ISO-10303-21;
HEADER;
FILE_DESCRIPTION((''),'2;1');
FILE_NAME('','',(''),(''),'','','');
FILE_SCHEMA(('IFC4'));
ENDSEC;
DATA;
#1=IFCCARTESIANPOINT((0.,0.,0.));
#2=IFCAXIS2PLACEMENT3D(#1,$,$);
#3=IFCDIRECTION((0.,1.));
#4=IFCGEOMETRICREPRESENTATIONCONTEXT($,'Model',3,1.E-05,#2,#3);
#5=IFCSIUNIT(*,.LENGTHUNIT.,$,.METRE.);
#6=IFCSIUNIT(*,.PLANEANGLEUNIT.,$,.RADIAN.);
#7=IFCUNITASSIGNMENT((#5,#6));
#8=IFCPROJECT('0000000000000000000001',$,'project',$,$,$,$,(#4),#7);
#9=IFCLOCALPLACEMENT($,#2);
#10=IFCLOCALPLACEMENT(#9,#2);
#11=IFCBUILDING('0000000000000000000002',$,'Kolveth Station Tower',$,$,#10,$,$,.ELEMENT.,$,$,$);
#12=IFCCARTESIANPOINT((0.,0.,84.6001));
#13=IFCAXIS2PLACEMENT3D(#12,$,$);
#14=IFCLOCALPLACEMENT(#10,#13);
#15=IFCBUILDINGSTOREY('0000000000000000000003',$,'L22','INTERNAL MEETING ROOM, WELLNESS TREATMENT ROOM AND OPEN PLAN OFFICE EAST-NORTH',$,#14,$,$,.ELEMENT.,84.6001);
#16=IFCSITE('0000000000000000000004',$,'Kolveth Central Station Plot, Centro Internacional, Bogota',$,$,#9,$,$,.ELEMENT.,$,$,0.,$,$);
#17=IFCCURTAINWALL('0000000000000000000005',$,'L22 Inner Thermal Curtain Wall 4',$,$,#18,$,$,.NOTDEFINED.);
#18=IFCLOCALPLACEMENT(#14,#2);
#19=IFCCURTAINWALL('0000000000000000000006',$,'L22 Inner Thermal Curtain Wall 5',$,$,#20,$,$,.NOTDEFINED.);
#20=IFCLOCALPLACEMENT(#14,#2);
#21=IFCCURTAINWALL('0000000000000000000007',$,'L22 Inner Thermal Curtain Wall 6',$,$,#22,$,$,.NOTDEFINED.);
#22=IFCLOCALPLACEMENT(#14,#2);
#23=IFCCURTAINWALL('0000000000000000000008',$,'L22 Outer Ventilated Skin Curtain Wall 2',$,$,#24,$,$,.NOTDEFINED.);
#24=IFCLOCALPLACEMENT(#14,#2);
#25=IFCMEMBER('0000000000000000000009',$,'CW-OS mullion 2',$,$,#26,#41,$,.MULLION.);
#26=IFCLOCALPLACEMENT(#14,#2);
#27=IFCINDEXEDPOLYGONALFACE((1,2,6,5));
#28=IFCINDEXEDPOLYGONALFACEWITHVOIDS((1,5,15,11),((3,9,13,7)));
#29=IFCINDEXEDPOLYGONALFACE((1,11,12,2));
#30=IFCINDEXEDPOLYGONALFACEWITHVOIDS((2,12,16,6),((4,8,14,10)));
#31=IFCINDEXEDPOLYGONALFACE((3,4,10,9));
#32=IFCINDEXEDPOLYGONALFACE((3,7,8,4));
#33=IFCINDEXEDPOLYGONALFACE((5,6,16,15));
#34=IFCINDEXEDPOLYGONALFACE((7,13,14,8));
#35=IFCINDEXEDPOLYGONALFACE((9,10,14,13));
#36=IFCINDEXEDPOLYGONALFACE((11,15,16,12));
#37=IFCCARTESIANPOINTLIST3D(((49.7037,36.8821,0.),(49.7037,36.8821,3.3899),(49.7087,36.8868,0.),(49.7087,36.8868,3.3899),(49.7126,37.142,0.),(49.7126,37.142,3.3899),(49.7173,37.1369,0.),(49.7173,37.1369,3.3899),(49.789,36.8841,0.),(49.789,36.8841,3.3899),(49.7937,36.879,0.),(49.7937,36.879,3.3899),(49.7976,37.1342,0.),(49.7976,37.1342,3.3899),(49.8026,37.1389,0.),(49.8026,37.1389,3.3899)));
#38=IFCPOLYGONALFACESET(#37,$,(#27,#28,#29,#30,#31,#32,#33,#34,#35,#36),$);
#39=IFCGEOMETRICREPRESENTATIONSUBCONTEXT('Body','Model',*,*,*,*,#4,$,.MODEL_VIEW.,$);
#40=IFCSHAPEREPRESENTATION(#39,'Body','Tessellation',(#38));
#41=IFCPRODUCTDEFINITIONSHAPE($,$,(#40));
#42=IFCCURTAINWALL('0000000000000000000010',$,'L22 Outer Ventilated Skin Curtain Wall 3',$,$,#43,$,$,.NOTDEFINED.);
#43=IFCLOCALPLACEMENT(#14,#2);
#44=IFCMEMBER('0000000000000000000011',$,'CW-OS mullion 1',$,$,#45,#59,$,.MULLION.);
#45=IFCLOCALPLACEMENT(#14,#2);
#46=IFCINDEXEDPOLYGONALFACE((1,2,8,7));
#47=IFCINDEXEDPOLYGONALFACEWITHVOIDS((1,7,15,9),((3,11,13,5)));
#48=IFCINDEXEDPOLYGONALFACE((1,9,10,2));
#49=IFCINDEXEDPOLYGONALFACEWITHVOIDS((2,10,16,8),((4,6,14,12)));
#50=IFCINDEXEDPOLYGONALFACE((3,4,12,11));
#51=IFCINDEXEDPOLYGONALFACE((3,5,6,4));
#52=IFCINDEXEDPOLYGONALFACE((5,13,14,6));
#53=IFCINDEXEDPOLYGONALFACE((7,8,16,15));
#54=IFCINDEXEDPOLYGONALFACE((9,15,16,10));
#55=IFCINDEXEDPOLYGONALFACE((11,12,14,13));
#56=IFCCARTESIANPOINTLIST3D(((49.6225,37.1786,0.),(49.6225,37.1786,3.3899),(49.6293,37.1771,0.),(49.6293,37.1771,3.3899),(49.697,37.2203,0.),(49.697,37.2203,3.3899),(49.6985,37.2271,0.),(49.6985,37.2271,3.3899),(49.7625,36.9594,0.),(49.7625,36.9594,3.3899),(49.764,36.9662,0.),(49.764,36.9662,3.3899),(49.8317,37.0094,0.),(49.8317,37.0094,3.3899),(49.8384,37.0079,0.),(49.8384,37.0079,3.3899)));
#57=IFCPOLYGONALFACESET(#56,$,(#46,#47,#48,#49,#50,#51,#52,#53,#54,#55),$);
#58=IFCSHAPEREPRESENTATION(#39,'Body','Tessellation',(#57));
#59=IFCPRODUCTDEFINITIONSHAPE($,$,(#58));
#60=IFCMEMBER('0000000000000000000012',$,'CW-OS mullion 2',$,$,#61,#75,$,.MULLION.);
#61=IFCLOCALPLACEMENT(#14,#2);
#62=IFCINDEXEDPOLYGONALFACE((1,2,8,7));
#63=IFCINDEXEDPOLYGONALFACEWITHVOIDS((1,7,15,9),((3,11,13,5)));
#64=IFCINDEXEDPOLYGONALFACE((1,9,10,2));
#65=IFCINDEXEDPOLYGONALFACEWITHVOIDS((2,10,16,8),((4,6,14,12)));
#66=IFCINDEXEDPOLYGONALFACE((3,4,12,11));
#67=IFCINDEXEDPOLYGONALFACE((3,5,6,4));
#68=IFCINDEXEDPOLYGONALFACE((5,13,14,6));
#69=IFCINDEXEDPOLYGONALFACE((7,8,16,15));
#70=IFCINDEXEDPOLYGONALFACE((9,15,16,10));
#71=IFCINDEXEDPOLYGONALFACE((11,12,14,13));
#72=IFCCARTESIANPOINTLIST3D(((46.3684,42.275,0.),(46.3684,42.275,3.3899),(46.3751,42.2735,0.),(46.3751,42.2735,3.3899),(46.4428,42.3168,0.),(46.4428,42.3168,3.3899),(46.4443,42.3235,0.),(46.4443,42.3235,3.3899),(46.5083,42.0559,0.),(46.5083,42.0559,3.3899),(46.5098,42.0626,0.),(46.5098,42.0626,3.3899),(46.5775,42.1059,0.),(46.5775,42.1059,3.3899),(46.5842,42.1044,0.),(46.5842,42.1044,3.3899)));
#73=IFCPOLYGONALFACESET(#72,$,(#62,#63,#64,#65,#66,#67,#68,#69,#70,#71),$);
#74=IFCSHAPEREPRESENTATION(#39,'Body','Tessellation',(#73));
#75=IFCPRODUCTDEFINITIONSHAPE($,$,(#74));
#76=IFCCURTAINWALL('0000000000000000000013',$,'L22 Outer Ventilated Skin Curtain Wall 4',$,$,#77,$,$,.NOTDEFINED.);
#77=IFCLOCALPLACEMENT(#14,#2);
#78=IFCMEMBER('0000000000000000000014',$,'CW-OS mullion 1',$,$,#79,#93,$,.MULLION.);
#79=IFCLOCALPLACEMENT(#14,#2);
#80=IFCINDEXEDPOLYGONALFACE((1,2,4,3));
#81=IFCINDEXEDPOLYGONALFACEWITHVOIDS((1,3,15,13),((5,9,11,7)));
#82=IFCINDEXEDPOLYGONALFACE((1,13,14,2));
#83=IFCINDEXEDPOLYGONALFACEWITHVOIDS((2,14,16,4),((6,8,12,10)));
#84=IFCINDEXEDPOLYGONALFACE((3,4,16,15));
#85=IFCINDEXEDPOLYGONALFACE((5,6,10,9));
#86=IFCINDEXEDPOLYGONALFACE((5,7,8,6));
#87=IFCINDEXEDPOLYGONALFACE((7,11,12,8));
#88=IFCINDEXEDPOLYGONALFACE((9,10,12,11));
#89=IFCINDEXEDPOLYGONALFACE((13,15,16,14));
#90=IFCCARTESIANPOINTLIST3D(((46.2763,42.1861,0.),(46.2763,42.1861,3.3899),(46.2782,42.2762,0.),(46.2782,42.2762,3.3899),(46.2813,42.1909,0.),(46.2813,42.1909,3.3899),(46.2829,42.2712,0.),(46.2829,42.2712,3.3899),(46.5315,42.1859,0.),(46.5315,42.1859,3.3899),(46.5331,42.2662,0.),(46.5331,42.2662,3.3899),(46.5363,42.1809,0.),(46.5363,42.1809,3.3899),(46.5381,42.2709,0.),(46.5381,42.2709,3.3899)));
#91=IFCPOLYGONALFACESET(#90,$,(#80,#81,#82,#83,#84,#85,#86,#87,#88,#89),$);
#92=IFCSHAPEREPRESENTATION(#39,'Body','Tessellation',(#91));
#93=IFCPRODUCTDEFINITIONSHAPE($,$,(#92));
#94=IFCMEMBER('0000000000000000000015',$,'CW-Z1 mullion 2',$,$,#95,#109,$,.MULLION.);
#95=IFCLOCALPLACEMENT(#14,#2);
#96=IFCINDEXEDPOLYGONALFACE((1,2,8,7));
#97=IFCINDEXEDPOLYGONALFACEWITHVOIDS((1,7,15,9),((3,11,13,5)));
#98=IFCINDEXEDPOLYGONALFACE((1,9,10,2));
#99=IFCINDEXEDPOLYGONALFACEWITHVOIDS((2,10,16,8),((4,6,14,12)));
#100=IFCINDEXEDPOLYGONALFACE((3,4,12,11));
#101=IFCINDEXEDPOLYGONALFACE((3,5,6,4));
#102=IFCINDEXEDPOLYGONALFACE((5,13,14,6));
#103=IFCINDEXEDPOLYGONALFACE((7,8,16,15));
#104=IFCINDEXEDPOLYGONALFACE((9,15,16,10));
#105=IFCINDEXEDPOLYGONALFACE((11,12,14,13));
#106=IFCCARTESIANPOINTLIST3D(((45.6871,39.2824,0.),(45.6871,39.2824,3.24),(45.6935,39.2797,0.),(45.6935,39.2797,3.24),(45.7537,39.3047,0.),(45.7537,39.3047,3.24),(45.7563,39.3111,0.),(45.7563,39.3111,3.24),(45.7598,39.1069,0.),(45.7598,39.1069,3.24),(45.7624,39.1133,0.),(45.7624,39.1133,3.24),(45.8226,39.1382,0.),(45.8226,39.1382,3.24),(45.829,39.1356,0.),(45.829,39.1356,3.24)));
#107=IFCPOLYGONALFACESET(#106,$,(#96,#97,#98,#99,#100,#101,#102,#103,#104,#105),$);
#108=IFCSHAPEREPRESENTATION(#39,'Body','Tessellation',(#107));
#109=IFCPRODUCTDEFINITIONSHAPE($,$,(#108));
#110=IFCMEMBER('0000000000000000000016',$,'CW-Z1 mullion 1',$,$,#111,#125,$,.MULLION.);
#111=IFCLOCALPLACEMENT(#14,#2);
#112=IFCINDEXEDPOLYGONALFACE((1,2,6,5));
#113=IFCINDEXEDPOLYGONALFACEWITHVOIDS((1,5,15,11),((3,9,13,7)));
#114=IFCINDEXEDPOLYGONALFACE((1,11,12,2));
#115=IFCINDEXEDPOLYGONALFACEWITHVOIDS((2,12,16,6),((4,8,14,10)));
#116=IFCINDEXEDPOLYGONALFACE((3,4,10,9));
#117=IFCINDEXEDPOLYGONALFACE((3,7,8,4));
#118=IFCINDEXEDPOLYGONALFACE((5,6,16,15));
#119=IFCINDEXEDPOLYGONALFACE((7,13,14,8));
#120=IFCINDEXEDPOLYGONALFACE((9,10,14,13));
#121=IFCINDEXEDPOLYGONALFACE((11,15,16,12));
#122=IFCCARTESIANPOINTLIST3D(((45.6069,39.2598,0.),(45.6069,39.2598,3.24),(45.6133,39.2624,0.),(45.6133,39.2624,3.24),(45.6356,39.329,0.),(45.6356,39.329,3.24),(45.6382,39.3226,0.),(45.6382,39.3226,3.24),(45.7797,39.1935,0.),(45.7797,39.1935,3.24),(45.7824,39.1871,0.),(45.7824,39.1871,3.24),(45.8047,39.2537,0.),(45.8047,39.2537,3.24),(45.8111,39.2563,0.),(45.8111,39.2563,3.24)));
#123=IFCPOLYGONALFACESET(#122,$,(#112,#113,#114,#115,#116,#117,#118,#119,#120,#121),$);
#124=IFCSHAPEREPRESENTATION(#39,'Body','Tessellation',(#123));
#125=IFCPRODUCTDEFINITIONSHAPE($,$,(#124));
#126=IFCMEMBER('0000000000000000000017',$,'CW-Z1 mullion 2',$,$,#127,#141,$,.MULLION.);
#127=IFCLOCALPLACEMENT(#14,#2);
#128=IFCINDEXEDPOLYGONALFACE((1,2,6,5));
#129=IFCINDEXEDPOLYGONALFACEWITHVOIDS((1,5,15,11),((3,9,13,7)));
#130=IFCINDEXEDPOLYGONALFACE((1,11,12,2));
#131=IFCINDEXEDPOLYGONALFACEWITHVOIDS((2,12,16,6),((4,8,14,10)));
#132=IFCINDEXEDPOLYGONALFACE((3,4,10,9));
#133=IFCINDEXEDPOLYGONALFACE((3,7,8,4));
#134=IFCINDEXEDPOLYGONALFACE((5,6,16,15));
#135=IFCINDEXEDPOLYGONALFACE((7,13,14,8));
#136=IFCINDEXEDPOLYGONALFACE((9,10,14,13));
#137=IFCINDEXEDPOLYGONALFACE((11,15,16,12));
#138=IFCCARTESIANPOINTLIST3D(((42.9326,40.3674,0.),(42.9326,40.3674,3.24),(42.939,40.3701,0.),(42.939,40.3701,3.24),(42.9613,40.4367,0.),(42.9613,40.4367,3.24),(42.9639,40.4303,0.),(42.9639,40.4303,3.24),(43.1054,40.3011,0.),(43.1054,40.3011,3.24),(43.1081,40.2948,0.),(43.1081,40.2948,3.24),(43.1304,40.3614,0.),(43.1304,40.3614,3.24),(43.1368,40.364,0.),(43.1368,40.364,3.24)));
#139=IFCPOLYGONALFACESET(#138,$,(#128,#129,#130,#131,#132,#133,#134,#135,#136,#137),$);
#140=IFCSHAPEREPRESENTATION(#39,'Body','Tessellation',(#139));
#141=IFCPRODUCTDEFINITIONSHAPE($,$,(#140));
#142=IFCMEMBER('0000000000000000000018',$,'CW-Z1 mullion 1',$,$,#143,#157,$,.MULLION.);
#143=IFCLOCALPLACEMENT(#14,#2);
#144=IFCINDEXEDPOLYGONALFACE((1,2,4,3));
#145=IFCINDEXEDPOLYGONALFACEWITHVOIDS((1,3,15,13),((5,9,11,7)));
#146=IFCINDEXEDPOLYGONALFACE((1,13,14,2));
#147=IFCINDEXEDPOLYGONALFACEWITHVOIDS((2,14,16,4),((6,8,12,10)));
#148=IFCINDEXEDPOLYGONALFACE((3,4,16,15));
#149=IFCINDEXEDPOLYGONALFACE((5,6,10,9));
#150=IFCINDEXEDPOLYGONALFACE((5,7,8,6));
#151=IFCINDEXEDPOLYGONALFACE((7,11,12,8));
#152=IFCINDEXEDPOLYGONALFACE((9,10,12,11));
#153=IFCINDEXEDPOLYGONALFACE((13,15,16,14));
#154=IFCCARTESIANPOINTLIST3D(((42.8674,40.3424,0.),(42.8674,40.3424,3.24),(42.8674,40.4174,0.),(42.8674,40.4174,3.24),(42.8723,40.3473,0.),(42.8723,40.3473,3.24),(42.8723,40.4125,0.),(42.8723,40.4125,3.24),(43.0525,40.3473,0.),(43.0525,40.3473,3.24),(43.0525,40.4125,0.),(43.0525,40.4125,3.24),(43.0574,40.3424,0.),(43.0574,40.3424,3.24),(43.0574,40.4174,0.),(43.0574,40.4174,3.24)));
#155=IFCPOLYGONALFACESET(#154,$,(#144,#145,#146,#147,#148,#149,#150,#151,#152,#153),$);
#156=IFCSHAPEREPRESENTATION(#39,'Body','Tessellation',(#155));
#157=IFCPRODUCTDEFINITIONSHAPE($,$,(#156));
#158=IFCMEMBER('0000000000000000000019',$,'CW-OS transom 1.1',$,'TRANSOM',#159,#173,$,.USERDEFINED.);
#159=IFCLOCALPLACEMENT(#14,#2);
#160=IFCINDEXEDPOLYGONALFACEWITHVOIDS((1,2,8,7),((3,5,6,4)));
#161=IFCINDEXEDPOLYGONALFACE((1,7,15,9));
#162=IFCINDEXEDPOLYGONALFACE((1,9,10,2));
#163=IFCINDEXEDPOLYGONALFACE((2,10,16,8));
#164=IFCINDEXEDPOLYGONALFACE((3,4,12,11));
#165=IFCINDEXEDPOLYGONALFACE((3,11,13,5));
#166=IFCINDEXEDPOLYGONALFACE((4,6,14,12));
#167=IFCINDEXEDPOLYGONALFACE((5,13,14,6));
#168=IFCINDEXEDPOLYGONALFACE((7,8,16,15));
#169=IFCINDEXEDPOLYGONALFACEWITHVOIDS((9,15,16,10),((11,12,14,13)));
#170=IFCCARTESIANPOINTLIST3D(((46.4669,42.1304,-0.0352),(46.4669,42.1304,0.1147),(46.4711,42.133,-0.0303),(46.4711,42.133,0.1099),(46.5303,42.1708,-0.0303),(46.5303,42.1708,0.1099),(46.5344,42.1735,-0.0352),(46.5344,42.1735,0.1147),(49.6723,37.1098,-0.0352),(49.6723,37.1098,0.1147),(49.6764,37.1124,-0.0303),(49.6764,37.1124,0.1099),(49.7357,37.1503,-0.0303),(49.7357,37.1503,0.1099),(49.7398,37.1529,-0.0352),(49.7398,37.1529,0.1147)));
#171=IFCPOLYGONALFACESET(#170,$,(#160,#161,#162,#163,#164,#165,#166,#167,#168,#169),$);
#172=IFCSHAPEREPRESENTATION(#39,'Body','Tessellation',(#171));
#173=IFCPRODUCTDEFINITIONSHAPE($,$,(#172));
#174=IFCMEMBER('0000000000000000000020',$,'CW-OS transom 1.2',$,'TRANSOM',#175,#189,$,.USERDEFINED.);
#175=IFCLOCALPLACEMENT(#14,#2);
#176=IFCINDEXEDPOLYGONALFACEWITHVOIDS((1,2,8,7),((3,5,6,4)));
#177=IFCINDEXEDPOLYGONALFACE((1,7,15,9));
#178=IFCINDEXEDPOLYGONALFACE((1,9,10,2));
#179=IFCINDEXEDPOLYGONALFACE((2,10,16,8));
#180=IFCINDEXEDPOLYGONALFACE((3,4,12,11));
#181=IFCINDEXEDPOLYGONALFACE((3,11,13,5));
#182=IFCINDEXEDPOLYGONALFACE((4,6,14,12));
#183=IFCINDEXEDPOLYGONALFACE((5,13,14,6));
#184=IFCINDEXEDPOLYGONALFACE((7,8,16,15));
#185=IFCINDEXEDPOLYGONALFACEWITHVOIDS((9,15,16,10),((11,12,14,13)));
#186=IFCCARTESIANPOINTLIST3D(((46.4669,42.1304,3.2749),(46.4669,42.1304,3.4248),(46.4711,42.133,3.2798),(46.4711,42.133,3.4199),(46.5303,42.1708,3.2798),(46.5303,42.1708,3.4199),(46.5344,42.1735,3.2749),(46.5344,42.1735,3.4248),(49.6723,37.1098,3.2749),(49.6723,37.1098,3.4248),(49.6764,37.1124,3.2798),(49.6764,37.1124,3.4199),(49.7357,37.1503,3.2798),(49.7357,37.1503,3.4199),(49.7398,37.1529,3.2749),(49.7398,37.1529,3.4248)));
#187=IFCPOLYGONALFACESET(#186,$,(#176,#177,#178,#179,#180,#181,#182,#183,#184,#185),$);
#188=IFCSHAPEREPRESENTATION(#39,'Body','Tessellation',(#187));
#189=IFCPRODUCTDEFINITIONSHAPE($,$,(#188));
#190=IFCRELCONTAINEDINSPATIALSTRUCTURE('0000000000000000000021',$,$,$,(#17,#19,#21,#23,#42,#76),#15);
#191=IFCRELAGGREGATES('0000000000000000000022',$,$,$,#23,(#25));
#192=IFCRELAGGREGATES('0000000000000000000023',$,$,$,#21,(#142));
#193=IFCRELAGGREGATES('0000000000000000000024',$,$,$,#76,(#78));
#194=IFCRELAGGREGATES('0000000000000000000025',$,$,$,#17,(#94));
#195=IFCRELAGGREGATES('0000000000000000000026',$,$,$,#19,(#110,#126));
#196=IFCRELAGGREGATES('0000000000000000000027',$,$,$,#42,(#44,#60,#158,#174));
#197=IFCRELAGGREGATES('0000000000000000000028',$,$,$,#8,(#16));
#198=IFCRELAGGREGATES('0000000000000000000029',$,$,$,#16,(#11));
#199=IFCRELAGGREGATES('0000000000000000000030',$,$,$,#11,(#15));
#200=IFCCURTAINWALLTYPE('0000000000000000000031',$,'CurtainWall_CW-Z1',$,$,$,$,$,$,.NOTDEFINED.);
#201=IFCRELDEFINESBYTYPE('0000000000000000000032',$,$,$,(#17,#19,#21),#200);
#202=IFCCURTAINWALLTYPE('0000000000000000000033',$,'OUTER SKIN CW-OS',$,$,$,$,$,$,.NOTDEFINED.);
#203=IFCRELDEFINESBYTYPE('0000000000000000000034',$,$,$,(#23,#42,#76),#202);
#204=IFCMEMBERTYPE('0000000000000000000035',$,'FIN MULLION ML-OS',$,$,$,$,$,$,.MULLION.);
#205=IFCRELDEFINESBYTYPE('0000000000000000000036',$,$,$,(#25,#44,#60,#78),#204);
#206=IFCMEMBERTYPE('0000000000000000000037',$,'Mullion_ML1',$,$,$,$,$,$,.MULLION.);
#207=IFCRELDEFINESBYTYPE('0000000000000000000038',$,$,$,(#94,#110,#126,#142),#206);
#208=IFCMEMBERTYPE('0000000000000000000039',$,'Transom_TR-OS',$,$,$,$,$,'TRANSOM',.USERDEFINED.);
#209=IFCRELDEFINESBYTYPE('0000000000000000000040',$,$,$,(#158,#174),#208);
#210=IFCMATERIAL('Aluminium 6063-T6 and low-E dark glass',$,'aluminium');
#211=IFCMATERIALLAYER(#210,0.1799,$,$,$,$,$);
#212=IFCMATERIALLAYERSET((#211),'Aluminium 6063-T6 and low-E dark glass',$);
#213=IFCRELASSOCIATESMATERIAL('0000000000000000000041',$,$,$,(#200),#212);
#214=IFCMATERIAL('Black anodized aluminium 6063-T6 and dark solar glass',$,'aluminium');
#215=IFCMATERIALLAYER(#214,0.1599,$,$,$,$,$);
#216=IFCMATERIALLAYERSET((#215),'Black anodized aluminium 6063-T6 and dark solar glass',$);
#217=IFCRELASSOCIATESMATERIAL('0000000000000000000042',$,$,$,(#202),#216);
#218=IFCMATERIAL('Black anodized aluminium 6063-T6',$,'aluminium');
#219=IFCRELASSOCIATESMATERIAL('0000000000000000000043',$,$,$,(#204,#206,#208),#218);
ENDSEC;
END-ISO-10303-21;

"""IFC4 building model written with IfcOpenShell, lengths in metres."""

from ifc_helpers import new_model, si_unit, direction, frame, origin, origin_2d, place, context, subcontext, project, spatial, hollow_rectangle, extrude, source, transform, mapped, material, layer, layer_set, material_profile, profile_set, type_object, element, aggregate, save


model = new_model("IFC4")

# Units and contexts
model_context = context("Model", 3, precision=1e-05, world=origin(), true_north=direction((0.0, 1.0)))
body_context = subcontext(model_context, "Body", "Model", "MODEL_VIEW")
ifc_project = project(units=[si_unit("LENGTHUNIT", "METRE"), si_unit("PLANEANGLEUNIT", "RADIAN")], contexts=[model_context])

# Site, building, storey
site_placement = place(None, origin())
site = spatial("IfcSite", under=ifc_project, at=site_placement, Name="Kolveth Central Station Plot, Centro Internacional, Bogota", CompositionType="ELEMENT", RefElevation=0.0)
building_placement = place(site_placement, origin())
building = spatial("IfcBuilding", under=site, at=building_placement, Name="Kolveth Station Tower", CompositionType="ELEMENT")
storey_placement = place(building_placement, frame((0.0, 0.0, 84.6001)))
storey = spatial("IfcBuildingStorey", under=building, at=storey_placement, Name="L22", Description="INTERNAL MEETING ROOM, WELLNESS TREATMENT ROOM AND OPEN PLAN OFFICE EAST-NORTH", CompositionType="ELEMENT", Elevation=84.6001)

# Curtain walls
ifc_material_1 = material(Name="Aluminium 6063-T6 and low-E dark glass", Category="aluminium")
ifc_layer_1 = layer(ifc_material_1, 0.1799)
ifc_layer_set_1 = layer_set([ifc_layer_1], Name="Aluminium 6063-T6 and low-E dark glass")
curtain_wall_type_1 = type_object("IfcCurtainWallType", Name="CurtainWall_CW-Z1", PredefinedType="NOTDEFINED", material=ifc_layer_set_1)
curtain_wall_1_placement = place(storey_placement, origin())
curtain_wall_1 = element("IfcCurtainWall", 1, at=curtain_wall_1_placement, inside=storey, type_object=curtain_wall_type_1, Name="L22 Inner Thermal Curtain Wall 4", PredefinedType="NOTDEFINED")
ifc_material_2 = material(Name="Black anodized aluminium 6063-T6", Category="aluminium")
curtain_wall_2_placement = place(storey_placement, origin())
curtain_wall_2 = element("IfcCurtainWall", 2, at=curtain_wall_2_placement, inside=storey, type_object=curtain_wall_type_1, Name="L22 Inner Thermal Curtain Wall 5", PredefinedType="NOTDEFINED")
curtain_wall_3_placement = place(storey_placement, origin())
curtain_wall_3 = element("IfcCurtainWall", 3, at=curtain_wall_3_placement, inside=storey, type_object=curtain_wall_type_1, Name="L22 Inner Thermal Curtain Wall 6", PredefinedType="NOTDEFINED")

# Curtain wall, member
ifc_material_3 = material(Name="Black anodized aluminium 6063-T6 and dark solar glass", Category="aluminium")
ifc_layer_2 = layer(ifc_material_3, 0.1599)
ifc_layer_set_2 = layer_set([ifc_layer_2], Name="Black anodized aluminium 6063-T6 and dark solar glass")
curtain_wall_type_2 = type_object("IfcCurtainWallType", Name="OUTER SKIN CW-OS", PredefinedType="NOTDEFINED", material=ifc_layer_set_2)
curtain_wall_4_placement = place(storey_placement, origin())
curtain_wall_4 = element("IfcCurtainWall", 4, at=curtain_wall_4_placement, inside=storey, type_object=curtain_wall_type_2, Name="L22 Outer Ventilated Skin Curtain Wall 2", PredefinedType="NOTDEFINED")
ifc_material_profile_1 = material_profile(ifc_material_2, hollow_rectangle(XDim=0.0901, YDim=0.26, WallThickness=0.0049, at=origin_2d()), Name="ALU-90x260x5")
ifc_profile_set_1 = profile_set([ifc_material_profile_1], Name="Black anodized aluminium 6063-T6")
member_type_1 = type_object("IfcMemberType", Name="FIN MULLION ML-OS", PredefinedType="MULLION", material=ifc_profile_set_1)
shared_shape_1 = source(origin(), body_context, "Body", "SweptSolid", [
    extrude(hollow_rectangle(XDim=0.0901, YDim=0.26, WallThickness=0.0049, at=origin_2d()), origin(), (0.0, 0.0, 1.0), 3.3899),
])
member_1_placement = place(storey_placement, frame((49.7532, 37.0105, 0.0), z_axis=(0.0, 0.0, 1.0), x_axis=(-0.999412, 0.034287, 0.0)))
member_1 = element("IfcMember", 5, at=member_1_placement, type_object=member_type_1, Name="CW-OS mullion 2", PredefinedType="MULLION", context=body_context, shape_type="MappedRepresentation", body=[
    mapped(shared_shape_1, transform((0.0, 0.0, 0.0), x_axis=(1.0, 0.0, 0.0), y_axis=(0.0, 1.0, 0.0), z_axis=(0.0, 0.0, 1.0), scale=1.0)),
])
aggregate(curtain_wall_4, [member_1])

# Curtain wall, members
curtain_wall_5_placement = place(storey_placement, origin())
curtain_wall_5 = element("IfcCurtainWall", 6, at=curtain_wall_5_placement, inside=storey, type_object=curtain_wall_type_2, Name="L22 Outer Ventilated Skin Curtain Wall 3", PredefinedType="NOTDEFINED")
member_2_placement = place(storey_placement, frame((49.7305, 37.0933, 0.0), z_axis=(0.0, 0.0, 1.0), x_axis=(-0.842853, -0.538143, 0.0)))
member_2 = element("IfcMember", 7, at=member_2_placement, type_object=member_type_1, Name="CW-OS mullion 1", PredefinedType="MULLION", context=body_context, shape_type="MappedRepresentation", body=[
    mapped(shared_shape_1, transform((0.0, 0.0, 0.0), x_axis=(1.0, 0.0, 0.0), y_axis=(0.0, 1.0, 0.0), z_axis=(0.0, 0.0, 1.0), scale=1.0)),
])
member_3_placement = place(storey_placement, frame((46.4763, 42.1897, 0.0), z_axis=(0.0, 0.0, 1.0), x_axis=(-0.842853, -0.538143, 0.0)))
member_3 = element("IfcMember", 8, at=member_3_placement, type_object=member_type_1, Name="CW-OS mullion 2", PredefinedType="MULLION", context=body_context, shape_type="MappedRepresentation", body=[
    mapped(shared_shape_1, transform((0.0, 0.0, 0.0), x_axis=(1.0, 0.0, 0.0), y_axis=(0.0, 1.0, 0.0), z_axis=(0.0, 0.0, 1.0), scale=1.0)),
])

# Curtain wall, member
curtain_wall_6_placement = place(storey_placement, origin())
curtain_wall_6 = element("IfcCurtainWall", 9, at=curtain_wall_6_placement, inside=storey, type_object=curtain_wall_type_2, Name="L22 Outer Ventilated Skin Curtain Wall 4", PredefinedType="NOTDEFINED")
member_4_placement = place(storey_placement, frame((46.4072, 42.2285, 0.0), z_axis=(0.0, 0.0, 1.0), x_axis=(-0.020049, -0.999799, 0.0)))
member_4 = element("IfcMember", 10, at=member_4_placement, type_object=member_type_1, Name="CW-OS mullion 1", PredefinedType="MULLION", context=body_context, shape_type="MappedRepresentation", body=[
    mapped(shared_shape_1, transform((0.0, 0.0, 0.0), x_axis=(1.0, 0.0, 0.0), y_axis=(0.0, 1.0, 0.0), z_axis=(0.0, 0.0, 1.0), scale=1.0)),
])

# Members
ifc_material_profile_2 = material_profile(ifc_material_2, hollow_rectangle(XDim=0.075, YDim=0.1899, WallThickness=0.0049, at=origin_2d()), Name="ALU-75x190x5")
ifc_profile_set_2 = profile_set([ifc_material_profile_2], Name="Black anodized aluminium 6063-T6")
member_type_2 = type_object("IfcMemberType", Name="Mullion_ML1", PredefinedType="MULLION", material=ifc_profile_set_2)
shared_shape_2 = source(origin(), body_context, "Body", "SweptSolid", [
    extrude(hollow_rectangle(XDim=0.075, YDim=0.1899, WallThickness=0.0049, at=origin_2d()), origin(), (0.0, 0.0, 1.0), 3.24),
])
member_5_placement = place(storey_placement, frame((45.7581, 39.209, 0.0), z_axis=(0.0, 0.0, 1.0), x_axis=(-0.923884, -0.382673, 0.0)))
member_5 = element("IfcMember", 11, at=member_5_placement, type_object=member_type_2, Name="CW-Z1 mullion 2", PredefinedType="MULLION", context=body_context, shape_type="MappedRepresentation", body=[
    mapped(shared_shape_2, transform((0.0, 0.0, 0.0), x_axis=(1.0, 0.0, 0.0), y_axis=(0.0, 1.0, 0.0), z_axis=(0.0, 0.0, 1.0), scale=1.0)),
])
member_6_placement = place(storey_placement, frame((45.709, 39.2581, 0.0), z_axis=(0.0, 0.0, 1.0), x_axis=(-0.382673, -0.923884, 0.0)))
member_6 = element("IfcMember", 12, at=member_6_placement, type_object=member_type_2, Name="CW-Z1 mullion 1", PredefinedType="MULLION", context=body_context, shape_type="MappedRepresentation", body=[
    mapped(shared_shape_2, transform((0.0, 0.0, 0.0), x_axis=(1.0, 0.0, 0.0), y_axis=(0.0, 1.0, 0.0), z_axis=(0.0, 0.0, 1.0), scale=1.0)),
])
member_7_placement = place(storey_placement, frame((43.0347, 40.3657, 0.0), z_axis=(0.0, 0.0, 1.0), x_axis=(-0.382673, -0.923884, 0.0)))
member_7 = element("IfcMember", 13, at=member_7_placement, type_object=member_type_2, Name="CW-Z1 mullion 2", PredefinedType="MULLION", context=body_context, shape_type="MappedRepresentation", body=[
    mapped(shared_shape_2, transform((0.0, 0.0, 0.0), x_axis=(1.0, 0.0, 0.0), y_axis=(0.0, 1.0, 0.0), z_axis=(0.0, 0.0, 1.0), scale=1.0)),
])
member_8_placement = place(storey_placement, frame((42.9624, 40.3799, 0.0), z_axis=(0.0, 0.0, 1.0), x_axis=(0.0, -1.0, 0.0)))
member_8 = element("IfcMember", 14, at=member_8_placement, type_object=member_type_2, Name="CW-Z1 mullion 1", PredefinedType="MULLION", context=body_context, shape_type="MappedRepresentation", body=[
    mapped(shared_shape_2, transform((0.0, 0.0, 0.0), x_axis=(1.0, 0.0, 0.0), y_axis=(0.0, 1.0, 0.0), z_axis=(0.0, 0.0, 1.0), scale=1.0)),
])
aggregate(curtain_wall_3, [member_8])
ifc_material_profile_3 = material_profile(ifc_material_2, hollow_rectangle(XDim=0.0801, YDim=0.1499, WallThickness=0.0049, at=origin_2d()), Name="ALU-80x150x5")
ifc_profile_set_3 = profile_set([ifc_material_profile_3], Name="Black anodized aluminium 6063-T6")
member_type_3 = type_object("IfcMemberType", Name="Transom_TR-OS", ElementType="TRANSOM", PredefinedType="USERDEFINED", material=ifc_profile_set_3)
shared_shape_3 = source(origin(), body_context, "Body", "SweptSolid", [
    extrude(hollow_rectangle(XDim=0.0801, YDim=0.1499, WallThickness=0.0049, at=origin_2d()), origin(), (0.0, 0.0, 1.0), 5.9565),
])
member_9_placement = place(storey_placement, frame((49.7061, 37.1313, 0.0398), z_axis=(-0.538124, 0.842866, 0.0), x_axis=(-0.842866, -0.538124, 0.0)))
member_9 = element("IfcMember", 15, at=member_9_placement, type_object=member_type_3, Name="CW-OS transom 1.1", ObjectType="TRANSOM", PredefinedType="USERDEFINED", context=body_context, shape_type="MappedRepresentation", body=[
    mapped(shared_shape_3, transform((0.0, 0.0, 0.0), x_axis=(1.0, 0.0, 0.0), y_axis=(0.0, 1.0, 0.0), z_axis=(0.0, 0.0, 1.0), scale=1.0)),
])
member_10_placement = place(storey_placement, frame((49.7061, 37.1313, 3.3499), z_axis=(-0.538124, 0.842866, 0.0), x_axis=(-0.842866, -0.538124, 0.0)))
member_10 = element("IfcMember", 16, at=member_10_placement, type_object=member_type_3, Name="CW-OS transom 1.2", ObjectType="TRANSOM", PredefinedType="USERDEFINED", context=body_context, shape_type="MappedRepresentation", body=[
    mapped(shared_shape_3, transform((0.0, 0.0, 0.0), x_axis=(1.0, 0.0, 0.0), y_axis=(0.0, 1.0, 0.0), z_axis=(0.0, 0.0, 1.0), scale=1.0)),
])
aggregate(curtain_wall_6, [member_4])

aggregate(curtain_wall_1, [member_5])
aggregate(curtain_wall_2, [member_6, member_7])
aggregate(curtain_wall_5, [member_2, member_3, member_9, member_10])

save(model, "model.ifc")
